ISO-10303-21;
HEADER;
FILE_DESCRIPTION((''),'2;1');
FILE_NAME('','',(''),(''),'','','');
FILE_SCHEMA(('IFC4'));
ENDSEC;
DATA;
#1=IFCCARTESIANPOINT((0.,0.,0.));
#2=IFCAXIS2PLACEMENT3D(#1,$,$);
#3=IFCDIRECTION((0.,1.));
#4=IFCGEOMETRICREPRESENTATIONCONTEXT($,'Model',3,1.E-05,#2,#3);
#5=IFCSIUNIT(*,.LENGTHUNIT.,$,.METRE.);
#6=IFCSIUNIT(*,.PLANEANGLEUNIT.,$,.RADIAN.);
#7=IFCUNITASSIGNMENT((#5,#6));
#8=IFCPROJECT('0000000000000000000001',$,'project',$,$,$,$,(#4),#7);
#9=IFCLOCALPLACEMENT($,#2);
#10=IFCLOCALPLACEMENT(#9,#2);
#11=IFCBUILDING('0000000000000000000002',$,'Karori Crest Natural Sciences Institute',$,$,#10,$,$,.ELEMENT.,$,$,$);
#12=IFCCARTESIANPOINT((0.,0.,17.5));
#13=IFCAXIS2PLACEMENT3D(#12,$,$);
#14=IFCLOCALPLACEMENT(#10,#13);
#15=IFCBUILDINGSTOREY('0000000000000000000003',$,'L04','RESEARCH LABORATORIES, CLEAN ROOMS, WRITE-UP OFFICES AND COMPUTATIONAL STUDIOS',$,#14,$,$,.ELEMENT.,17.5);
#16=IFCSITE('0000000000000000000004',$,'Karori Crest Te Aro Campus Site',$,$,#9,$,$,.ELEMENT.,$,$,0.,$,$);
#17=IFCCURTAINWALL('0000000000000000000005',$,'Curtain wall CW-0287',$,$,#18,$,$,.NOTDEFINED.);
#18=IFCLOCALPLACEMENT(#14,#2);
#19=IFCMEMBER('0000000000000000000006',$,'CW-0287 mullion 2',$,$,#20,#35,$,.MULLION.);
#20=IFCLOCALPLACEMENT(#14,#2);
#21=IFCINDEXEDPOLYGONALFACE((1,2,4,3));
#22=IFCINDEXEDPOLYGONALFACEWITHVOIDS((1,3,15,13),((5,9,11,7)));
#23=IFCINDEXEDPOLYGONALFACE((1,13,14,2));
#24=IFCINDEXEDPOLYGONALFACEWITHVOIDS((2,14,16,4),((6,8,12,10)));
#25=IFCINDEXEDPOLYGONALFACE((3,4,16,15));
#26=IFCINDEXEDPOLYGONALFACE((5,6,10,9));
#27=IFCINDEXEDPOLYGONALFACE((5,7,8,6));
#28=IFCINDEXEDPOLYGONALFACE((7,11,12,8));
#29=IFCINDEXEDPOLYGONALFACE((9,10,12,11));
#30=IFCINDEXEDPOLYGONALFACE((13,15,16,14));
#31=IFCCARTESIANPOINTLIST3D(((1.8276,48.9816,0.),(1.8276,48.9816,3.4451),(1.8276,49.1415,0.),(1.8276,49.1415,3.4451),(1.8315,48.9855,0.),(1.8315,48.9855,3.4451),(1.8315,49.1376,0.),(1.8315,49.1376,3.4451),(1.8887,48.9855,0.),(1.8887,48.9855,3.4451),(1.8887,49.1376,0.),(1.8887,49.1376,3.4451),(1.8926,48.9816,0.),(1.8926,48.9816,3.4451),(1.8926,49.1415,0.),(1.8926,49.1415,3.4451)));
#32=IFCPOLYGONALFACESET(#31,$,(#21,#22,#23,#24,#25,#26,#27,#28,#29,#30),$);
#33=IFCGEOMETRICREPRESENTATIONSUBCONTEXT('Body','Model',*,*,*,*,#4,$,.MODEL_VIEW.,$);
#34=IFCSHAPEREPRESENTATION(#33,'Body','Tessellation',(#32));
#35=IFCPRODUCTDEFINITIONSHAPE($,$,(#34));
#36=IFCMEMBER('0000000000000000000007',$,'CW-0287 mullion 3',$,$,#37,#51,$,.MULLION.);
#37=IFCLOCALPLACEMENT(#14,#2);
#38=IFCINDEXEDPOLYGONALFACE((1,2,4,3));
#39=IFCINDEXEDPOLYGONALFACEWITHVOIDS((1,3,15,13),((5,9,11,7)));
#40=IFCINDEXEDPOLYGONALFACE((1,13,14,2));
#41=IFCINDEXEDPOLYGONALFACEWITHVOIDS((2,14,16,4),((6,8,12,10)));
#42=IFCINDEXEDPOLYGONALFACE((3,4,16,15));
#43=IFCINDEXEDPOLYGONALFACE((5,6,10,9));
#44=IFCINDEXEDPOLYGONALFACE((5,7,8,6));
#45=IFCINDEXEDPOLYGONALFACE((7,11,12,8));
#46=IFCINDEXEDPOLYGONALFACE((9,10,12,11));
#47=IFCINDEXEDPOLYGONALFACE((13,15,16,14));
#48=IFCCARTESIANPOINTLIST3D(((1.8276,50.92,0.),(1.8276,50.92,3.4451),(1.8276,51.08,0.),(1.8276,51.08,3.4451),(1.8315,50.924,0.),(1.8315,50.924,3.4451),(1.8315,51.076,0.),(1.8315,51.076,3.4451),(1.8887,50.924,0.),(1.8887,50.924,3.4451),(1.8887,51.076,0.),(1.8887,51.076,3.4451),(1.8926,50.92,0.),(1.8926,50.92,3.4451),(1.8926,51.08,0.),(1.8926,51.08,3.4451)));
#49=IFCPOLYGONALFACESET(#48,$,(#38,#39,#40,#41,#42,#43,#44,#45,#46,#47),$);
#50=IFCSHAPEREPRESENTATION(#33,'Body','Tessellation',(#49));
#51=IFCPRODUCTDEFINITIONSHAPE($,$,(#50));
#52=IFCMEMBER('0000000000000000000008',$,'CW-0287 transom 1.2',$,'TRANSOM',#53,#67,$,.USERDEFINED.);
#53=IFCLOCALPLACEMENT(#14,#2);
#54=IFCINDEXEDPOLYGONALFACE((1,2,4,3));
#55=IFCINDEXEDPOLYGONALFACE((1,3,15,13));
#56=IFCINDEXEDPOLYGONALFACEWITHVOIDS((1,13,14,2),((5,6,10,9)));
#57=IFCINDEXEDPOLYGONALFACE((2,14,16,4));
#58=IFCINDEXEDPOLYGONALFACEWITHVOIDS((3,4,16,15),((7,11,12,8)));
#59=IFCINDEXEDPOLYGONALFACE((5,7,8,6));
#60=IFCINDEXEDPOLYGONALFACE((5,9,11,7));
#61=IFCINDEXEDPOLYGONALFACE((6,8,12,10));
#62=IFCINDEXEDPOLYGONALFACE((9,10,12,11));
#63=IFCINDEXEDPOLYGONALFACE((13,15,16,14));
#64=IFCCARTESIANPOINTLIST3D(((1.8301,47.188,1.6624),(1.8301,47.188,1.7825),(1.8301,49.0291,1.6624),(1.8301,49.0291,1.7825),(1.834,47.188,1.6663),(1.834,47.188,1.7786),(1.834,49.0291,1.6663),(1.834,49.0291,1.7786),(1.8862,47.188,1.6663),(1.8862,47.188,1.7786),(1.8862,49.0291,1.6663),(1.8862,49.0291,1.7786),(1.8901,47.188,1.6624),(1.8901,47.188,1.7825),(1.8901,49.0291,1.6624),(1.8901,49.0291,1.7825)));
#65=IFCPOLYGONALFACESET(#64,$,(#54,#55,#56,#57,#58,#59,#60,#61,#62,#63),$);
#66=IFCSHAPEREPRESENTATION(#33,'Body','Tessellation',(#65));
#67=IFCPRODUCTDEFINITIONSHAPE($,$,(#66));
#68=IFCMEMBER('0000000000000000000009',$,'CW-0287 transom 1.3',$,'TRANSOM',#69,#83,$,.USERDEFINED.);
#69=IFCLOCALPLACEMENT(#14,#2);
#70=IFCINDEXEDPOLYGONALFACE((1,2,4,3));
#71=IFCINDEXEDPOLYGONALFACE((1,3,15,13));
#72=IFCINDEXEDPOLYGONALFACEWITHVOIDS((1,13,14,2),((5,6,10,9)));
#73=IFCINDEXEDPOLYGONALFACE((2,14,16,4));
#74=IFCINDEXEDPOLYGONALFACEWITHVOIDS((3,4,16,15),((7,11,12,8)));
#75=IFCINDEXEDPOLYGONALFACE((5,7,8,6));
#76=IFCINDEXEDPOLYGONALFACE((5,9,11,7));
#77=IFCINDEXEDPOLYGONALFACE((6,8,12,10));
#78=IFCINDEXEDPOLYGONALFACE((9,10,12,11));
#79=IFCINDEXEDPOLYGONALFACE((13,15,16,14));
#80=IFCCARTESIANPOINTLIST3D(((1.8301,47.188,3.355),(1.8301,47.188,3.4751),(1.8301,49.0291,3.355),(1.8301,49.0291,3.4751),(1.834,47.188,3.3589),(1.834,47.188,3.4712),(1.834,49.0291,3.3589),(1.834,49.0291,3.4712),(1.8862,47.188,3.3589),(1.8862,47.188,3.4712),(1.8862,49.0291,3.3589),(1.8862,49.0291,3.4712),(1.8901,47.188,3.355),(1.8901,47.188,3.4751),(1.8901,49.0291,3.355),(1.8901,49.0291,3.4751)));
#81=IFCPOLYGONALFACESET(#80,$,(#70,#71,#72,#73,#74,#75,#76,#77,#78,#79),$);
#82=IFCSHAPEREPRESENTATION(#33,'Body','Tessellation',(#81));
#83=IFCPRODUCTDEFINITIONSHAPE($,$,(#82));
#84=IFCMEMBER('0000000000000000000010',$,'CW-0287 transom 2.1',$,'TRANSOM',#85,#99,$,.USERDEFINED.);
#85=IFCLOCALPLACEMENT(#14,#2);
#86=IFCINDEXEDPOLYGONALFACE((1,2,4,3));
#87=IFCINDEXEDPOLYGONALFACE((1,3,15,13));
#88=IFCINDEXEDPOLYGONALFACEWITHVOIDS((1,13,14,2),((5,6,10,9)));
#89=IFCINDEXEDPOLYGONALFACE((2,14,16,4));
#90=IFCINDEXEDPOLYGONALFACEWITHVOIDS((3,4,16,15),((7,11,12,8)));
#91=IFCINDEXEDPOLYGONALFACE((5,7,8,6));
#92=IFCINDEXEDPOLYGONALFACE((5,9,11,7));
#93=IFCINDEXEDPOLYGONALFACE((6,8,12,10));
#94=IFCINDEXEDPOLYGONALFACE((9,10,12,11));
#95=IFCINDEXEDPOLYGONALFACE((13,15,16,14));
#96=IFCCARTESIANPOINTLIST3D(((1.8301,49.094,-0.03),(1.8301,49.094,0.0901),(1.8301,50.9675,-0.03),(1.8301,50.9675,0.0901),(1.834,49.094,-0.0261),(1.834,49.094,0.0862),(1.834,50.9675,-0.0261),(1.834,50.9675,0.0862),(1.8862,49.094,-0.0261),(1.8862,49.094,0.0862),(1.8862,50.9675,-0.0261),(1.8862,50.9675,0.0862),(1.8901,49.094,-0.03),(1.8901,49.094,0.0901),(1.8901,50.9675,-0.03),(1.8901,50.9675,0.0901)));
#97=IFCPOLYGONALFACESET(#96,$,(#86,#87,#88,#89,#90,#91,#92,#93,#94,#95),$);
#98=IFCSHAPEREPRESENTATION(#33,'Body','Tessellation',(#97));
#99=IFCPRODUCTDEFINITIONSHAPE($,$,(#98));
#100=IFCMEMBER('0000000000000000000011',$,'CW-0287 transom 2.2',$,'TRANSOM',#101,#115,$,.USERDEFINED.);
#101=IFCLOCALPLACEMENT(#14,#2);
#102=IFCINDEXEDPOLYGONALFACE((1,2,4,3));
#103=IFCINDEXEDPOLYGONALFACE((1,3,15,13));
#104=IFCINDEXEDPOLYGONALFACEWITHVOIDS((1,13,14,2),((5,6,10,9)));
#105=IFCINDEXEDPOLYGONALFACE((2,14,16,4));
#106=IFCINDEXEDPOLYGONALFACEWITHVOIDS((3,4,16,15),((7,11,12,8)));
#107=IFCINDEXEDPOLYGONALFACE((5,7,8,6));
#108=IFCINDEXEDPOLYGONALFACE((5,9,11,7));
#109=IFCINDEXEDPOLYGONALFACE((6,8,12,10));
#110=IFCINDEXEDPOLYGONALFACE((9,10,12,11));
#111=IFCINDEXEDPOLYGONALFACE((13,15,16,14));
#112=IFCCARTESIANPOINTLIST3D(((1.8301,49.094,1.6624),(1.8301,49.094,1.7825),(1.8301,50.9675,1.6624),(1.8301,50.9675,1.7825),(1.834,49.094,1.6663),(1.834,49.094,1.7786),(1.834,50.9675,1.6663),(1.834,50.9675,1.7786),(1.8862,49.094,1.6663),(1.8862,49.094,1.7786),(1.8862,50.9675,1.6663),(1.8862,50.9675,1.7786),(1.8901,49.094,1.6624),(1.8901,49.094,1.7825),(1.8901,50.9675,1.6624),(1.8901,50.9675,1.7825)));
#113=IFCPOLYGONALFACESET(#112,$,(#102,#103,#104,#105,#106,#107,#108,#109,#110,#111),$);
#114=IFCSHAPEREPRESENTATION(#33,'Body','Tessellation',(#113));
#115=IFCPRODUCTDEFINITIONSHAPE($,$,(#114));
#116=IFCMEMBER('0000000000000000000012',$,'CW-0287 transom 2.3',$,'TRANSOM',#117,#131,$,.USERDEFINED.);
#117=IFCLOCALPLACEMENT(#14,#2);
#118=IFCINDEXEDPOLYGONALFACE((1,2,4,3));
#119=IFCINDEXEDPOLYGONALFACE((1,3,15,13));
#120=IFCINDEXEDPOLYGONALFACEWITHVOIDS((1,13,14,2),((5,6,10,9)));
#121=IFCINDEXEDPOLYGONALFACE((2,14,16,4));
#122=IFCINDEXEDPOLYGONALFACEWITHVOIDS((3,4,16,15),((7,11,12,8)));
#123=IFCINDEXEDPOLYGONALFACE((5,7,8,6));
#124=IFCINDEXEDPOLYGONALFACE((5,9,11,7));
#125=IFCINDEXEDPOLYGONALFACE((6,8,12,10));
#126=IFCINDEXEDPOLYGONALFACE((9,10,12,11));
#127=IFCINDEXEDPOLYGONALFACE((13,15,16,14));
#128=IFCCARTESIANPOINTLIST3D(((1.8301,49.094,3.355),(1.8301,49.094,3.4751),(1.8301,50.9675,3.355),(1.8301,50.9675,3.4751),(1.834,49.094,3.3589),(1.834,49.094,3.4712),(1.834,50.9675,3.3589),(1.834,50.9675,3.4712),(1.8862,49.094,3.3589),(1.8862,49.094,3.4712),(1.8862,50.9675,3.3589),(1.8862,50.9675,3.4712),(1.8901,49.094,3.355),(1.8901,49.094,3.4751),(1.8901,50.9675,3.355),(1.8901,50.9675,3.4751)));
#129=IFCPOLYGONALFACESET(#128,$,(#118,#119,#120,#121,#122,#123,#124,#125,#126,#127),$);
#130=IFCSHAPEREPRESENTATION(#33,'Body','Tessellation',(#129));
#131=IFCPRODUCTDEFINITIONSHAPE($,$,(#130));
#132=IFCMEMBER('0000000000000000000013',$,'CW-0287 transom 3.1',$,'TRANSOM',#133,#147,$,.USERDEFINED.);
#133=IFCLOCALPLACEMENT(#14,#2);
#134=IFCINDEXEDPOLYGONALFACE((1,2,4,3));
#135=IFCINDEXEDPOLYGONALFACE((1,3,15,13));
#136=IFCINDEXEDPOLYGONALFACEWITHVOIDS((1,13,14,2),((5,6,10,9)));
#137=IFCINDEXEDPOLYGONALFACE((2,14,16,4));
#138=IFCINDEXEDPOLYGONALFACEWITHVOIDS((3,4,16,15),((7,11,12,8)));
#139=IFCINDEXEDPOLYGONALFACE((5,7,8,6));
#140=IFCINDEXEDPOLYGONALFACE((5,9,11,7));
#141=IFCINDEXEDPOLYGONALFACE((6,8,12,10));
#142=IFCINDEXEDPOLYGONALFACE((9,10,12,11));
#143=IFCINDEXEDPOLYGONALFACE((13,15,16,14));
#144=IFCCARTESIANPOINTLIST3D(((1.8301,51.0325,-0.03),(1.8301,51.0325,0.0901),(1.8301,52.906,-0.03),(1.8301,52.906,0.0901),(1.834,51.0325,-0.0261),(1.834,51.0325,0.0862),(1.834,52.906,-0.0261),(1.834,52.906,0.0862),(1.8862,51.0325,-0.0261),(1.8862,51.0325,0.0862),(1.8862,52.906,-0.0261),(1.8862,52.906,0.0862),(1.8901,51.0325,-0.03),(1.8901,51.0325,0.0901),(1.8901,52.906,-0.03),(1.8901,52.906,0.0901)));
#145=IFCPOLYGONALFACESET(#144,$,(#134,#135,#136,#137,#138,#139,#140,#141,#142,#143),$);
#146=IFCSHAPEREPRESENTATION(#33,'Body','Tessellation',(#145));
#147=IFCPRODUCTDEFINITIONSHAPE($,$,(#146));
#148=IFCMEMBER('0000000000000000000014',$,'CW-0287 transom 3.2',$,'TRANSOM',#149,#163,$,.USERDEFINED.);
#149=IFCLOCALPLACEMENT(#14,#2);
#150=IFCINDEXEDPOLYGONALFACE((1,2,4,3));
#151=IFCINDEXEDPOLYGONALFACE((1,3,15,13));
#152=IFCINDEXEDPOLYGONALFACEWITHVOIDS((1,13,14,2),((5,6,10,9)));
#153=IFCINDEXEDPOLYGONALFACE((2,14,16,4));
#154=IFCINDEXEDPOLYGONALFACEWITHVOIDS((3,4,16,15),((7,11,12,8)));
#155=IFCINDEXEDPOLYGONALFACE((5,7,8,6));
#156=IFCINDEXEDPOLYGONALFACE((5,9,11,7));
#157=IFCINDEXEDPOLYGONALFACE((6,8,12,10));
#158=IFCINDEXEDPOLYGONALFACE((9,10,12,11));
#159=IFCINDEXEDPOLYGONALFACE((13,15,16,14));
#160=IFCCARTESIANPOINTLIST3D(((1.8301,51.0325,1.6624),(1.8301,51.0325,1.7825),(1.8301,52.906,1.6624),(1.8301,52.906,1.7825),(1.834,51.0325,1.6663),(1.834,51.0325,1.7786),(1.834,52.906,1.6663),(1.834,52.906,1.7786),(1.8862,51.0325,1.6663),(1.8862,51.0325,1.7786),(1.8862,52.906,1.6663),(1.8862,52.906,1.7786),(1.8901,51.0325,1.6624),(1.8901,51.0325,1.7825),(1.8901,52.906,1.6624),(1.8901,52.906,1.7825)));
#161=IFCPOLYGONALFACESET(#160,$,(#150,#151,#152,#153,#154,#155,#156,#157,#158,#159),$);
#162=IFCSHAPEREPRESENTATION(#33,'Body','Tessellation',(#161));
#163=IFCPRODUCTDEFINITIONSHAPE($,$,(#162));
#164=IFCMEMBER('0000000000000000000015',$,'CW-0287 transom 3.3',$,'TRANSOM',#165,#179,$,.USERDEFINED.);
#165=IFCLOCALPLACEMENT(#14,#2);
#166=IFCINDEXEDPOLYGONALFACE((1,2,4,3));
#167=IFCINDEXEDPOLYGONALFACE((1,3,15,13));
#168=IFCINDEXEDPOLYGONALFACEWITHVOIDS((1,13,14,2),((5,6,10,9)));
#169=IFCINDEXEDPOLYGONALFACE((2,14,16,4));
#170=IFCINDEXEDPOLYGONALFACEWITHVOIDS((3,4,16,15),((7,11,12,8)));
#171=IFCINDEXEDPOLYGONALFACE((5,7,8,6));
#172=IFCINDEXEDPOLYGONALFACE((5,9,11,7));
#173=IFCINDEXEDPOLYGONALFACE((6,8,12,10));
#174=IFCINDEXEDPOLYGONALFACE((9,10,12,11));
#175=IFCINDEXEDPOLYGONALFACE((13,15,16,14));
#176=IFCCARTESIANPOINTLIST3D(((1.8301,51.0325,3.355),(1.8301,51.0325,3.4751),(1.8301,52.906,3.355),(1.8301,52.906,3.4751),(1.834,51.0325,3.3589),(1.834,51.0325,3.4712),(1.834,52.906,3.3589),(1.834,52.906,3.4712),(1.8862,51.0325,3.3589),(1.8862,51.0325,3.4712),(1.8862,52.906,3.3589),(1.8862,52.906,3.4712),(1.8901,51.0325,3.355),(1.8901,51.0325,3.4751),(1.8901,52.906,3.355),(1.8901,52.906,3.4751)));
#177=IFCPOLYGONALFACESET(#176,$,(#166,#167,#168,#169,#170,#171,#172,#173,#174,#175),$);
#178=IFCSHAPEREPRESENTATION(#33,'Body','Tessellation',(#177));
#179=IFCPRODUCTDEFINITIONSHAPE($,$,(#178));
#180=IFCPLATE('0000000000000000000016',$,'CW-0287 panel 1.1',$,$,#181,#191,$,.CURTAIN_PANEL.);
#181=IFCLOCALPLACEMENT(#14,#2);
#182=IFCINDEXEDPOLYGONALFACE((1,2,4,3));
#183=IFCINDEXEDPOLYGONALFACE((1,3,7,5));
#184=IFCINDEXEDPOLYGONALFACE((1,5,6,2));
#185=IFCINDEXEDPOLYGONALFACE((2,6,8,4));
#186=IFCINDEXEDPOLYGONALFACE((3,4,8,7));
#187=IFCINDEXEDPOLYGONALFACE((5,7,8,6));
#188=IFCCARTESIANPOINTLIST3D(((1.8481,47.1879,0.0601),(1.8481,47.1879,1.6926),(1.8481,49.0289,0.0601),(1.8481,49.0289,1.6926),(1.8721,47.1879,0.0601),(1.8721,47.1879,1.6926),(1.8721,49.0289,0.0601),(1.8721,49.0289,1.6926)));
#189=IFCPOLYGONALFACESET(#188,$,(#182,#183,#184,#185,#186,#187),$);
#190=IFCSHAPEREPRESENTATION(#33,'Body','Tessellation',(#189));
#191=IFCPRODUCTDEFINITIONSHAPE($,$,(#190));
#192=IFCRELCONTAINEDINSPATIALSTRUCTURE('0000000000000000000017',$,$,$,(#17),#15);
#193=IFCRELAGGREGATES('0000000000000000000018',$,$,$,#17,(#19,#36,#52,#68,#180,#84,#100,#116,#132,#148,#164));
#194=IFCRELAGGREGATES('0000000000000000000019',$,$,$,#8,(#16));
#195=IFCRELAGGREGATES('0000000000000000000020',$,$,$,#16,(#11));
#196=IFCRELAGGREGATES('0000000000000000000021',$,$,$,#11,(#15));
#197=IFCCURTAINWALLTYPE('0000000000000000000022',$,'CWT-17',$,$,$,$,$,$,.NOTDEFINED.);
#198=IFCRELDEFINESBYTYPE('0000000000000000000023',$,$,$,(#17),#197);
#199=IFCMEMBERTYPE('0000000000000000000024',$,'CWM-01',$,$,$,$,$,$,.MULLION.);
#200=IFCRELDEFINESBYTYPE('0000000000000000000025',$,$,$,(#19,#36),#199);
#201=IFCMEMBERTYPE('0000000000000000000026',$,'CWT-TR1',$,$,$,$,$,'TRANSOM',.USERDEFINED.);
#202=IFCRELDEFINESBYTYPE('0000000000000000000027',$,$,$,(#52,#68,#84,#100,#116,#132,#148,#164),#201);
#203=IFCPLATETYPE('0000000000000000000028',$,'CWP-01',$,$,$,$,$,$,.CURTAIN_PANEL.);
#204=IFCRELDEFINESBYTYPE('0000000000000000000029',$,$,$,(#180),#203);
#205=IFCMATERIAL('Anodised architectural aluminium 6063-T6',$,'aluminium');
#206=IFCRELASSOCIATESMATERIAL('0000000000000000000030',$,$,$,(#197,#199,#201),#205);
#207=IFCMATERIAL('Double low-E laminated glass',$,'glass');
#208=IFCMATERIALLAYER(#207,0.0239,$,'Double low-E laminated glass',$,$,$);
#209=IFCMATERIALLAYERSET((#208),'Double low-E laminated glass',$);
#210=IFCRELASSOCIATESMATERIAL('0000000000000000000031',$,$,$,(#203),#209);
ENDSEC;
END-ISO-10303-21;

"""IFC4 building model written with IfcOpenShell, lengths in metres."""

from ifc_helpers import new_model, si_unit, direction, frame, origin, origin_2d, place, context, subcontext, project, spatial, rectangle, hollow_rectangle, extrude, material, layer, layer_set, material_profile, profile_set, type_object, element, aggregate, save


model = new_model("IFC4")

# Units and contexts
model_context = context("Model", 3, precision=1e-05, world=origin(), true_north=direction((0.0, 1.0)))
body_context = subcontext(model_context, "Body", "Model", "MODEL_VIEW")
ifc_project = project(units=[si_unit("LENGTHUNIT", "METRE"), si_unit("PLANEANGLEUNIT", "RADIAN")], contexts=[model_context])

# Site, building, storey
site_placement = place(None, origin())
site = spatial("IfcSite", under=ifc_project, at=site_placement, Name="Karori Crest Te Aro Campus Site", CompositionType="ELEMENT", RefElevation=0.0)
building_placement = place(site_placement, origin())
building = spatial("IfcBuilding", under=site, at=building_placement, Name="Karori Crest Natural Sciences Institute", CompositionType="ELEMENT")
storey_placement = place(building_placement, frame((0.0, 0.0, 17.5)))
storey = spatial("IfcBuildingStorey", under=building, at=storey_placement, Name="L04", Description="RESEARCH LABORATORIES, CLEAN ROOMS, WRITE-UP OFFICES AND COMPUTATIONAL STUDIOS", CompositionType="ELEMENT", Elevation=17.5)

# Curtain wall, members, plate
ifc_material_1 = material(Name="Anodised architectural aluminium 6063-T6", Category="aluminium")
curtain_wall_type = type_object("IfcCurtainWallType", Name="CWT-17", PredefinedType="NOTDEFINED", material=ifc_material_1)
curtain_wall_placement = place(storey_placement, origin())
curtain_wall = element("IfcCurtainWall", 1, at=curtain_wall_placement, inside=storey, type_object=curtain_wall_type, Name="Curtain wall CW-0287", PredefinedType="NOTDEFINED")
ifc_material_profile_1 = material_profile(ifc_material_1, hollow_rectangle(XDim=0.0649, YDim=0.1599, WallThickness=0.0039, at=origin_2d()), Name="CWM160x65x4")
ifc_profile_set_1 = profile_set([ifc_material_profile_1], Name="Anodised architectural aluminium 6063-T6")
member_type_1 = type_object("IfcMemberType", Name="CWM-01", PredefinedType="MULLION", material=ifc_profile_set_1)
member_1_placement = place(storey_placement, frame((1.8601, 49.0615, 0.0), z_axis=(0.0, 0.0, 1.0), x_axis=(-1.0, 0.0, 0.0)))
member_1 = element("IfcMember", 2, at=member_1_placement, type_object=member_type_1, Name="CW-0287 mullion 2", PredefinedType="MULLION", context=body_context, shape_type="SweptSolid", body=[
    extrude(hollow_rectangle(XDim=0.0649, YDim=0.1599, WallThickness=0.0039, at=origin_2d()), origin(), (0.0, 0.0, 1.0), 3.4451),
])
member_2_placement = place(storey_placement, frame((1.8601, 51.0, 0.0), z_axis=(0.0, 0.0, 1.0), x_axis=(-1.0, 0.0, 0.0)))
member_2 = element("IfcMember", 3, at=member_2_placement, type_object=member_type_1, Name="CW-0287 mullion 3", PredefinedType="MULLION", context=body_context, shape_type="SweptSolid", body=[
    extrude(hollow_rectangle(XDim=0.0649, YDim=0.1599, WallThickness=0.0039, at=origin_2d()), origin(), (0.0, 0.0, 1.0), 3.4451),
])
ifc_material_profile_2 = material_profile(ifc_material_1, hollow_rectangle(XDim=0.0601, YDim=0.1201, WallThickness=0.0039, at=origin_2d()), Name="CWT120x60x4")
ifc_profile_set_2 = profile_set([ifc_material_profile_2], Name="Anodised architectural aluminium 6063-T6")
member_type_2 = type_object("IfcMemberType", Name="CWT-TR1", ElementType="TRANSOM", PredefinedType="USERDEFINED", material=ifc_profile_set_2)
member_3_placement = place(storey_placement, frame((1.8601, 47.188, 1.7224), z_axis=(0.0, 1.0, 0.0), x_axis=(-1.0, 0.0, 0.0)))
member_3 = element("IfcMember", 4, at=member_3_placement, type_object=member_type_2, Name="CW-0287 transom 1.2", ObjectType="TRANSOM", PredefinedType="USERDEFINED", context=body_context, shape_type="SweptSolid", body=[
    extrude(hollow_rectangle(XDim=0.0601, YDim=0.1201, WallThickness=0.0039, at=origin_2d()), origin(), (0.0, 0.0, 1.0), 1.8411),
])
member_4_placement = place(storey_placement, frame((1.8601, 47.188, 3.415), z_axis=(0.0, 1.0, 0.0), x_axis=(-1.0, 0.0, 0.0)))
member_4 = element("IfcMember", 5, at=member_4_placement, type_object=member_type_2, Name="CW-0287 transom 1.3", ObjectType="TRANSOM", PredefinedType="USERDEFINED", context=body_context, shape_type="SweptSolid", body=[
    extrude(hollow_rectangle(XDim=0.0601, YDim=0.1201, WallThickness=0.0039, at=origin_2d()), origin(), (0.0, 0.0, 1.0), 1.8411),
])
member_5_placement = place(storey_placement, frame((1.8601, 49.094, 0.03), z_axis=(0.0, 1.0, 0.0), x_axis=(-1.0, 0.0, 0.0)))
member_5 = element("IfcMember", 6, at=member_5_placement, type_object=member_type_2, Name="CW-0287 transom 2.1", ObjectType="TRANSOM", PredefinedType="USERDEFINED", context=body_context, shape_type="SweptSolid", body=[
    extrude(hollow_rectangle(XDim=0.0601, YDim=0.1201, WallThickness=0.0039, at=origin_2d()), origin(), (0.0, 0.0, 1.0), 1.8735),
])
member_6_placement = place(storey_placement, frame((1.8601, 49.094, 1.7224), z_axis=(0.0, 1.0, 0.0), x_axis=(-1.0, 0.0, 0.0)))
member_6 = element("IfcMember", 7, at=member_6_placement, type_object=member_type_2, Name="CW-0287 transom 2.2", ObjectType="TRANSOM", PredefinedType="USERDEFINED", context=body_context, shape_type="SweptSolid", body=[
    extrude(hollow_rectangle(XDim=0.0601, YDim=0.1201, WallThickness=0.0039, at=origin_2d()), origin(), (0.0, 0.0, 1.0), 1.8735),
])
member_7_placement = place(storey_placement, frame((1.8601, 49.094, 3.415), z_axis=(0.0, 1.0, 0.0), x_axis=(-1.0, 0.0, 0.0)))
member_7 = element("IfcMember", 8, at=member_7_placement, type_object=member_type_2, Name="CW-0287 transom 2.3", ObjectType="TRANSOM", PredefinedType="USERDEFINED", context=body_context, shape_type="SweptSolid", body=[
    extrude(hollow_rectangle(XDim=0.0601, YDim=0.1201, WallThickness=0.0039, at=origin_2d()), origin(), (0.0, 0.0, 1.0), 1.8735),
])
member_8_placement = place(storey_placement, frame((1.8601, 51.0325, 0.03), z_axis=(0.0, 1.0, 0.0), x_axis=(-1.0, 0.0, 0.0)))
member_8 = element("IfcMember", 9, at=member_8_placement, type_object=member_type_2, Name="CW-0287 transom 3.1", ObjectType="TRANSOM", PredefinedType="USERDEFINED", context=body_context, shape_type="SweptSolid", body=[
    extrude(hollow_rectangle(XDim=0.0601, YDim=0.1201, WallThickness=0.0039, at=origin_2d()), origin(), (0.0, 0.0, 1.0), 1.8735),
])
member_9_placement = place(storey_placement, frame((1.8601, 51.0325, 1.7224), z_axis=(0.0, 1.0, 0.0), x_axis=(-1.0, 0.0, 0.0)))
member_9 = element("IfcMember", 10, at=member_9_placement, type_object=member_type_2, Name="CW-0287 transom 3.2", ObjectType="TRANSOM", PredefinedType="USERDEFINED", context=body_context, shape_type="SweptSolid", body=[
    extrude(hollow_rectangle(XDim=0.0601, YDim=0.1201, WallThickness=0.0039, at=origin_2d()), origin(), (0.0, 0.0, 1.0), 1.8735),
])
member_10_placement = place(storey_placement, frame((1.8601, 51.0325, 3.415), z_axis=(0.0, 1.0, 0.0), x_axis=(-1.0, 0.0, 0.0)))
member_10 = element("IfcMember", 11, at=member_10_placement, type_object=member_type_2, Name="CW-0287 transom 3.3", ObjectType="TRANSOM", PredefinedType="USERDEFINED", context=body_context, shape_type="SweptSolid", body=[
    extrude(hollow_rectangle(XDim=0.0601, YDim=0.1201, WallThickness=0.0039, at=origin_2d()), origin(), (0.0, 0.0, 1.0), 1.8735),
])
ifc_material_2 = material(Name="Double low-E laminated glass", Category="glass")
ifc_layer_1 = layer(ifc_material_2, 0.0239, Name="Double low-E laminated glass")
ifc_layer_set_1 = layer_set([ifc_layer_1], Name="Double low-E laminated glass")
plate_type = type_object("IfcPlateType", Name="CWP-01", PredefinedType="CURTAIN_PANEL", material=ifc_layer_set_1)
plate_1_placement = place(storey_placement, frame((1.8601, 48.1084, 0.0601), z_axis=(0.0, 0.0, 1.0), x_axis=(0.0, 1.0, 0.0)))
plate_1 = element("IfcPlate", 12, at=plate_1_placement, type_object=plate_type, Name="CW-0287 panel 1.1", PredefinedType="CURTAIN_PANEL", context=body_context, shape_type="SweptSolid", body=[
    extrude(rectangle(XDim=1.8411, YDim=0.0239, at=origin_2d()), origin(), (0.0, 0.0, 1.0), 1.6326),
])
aggregate(curtain_wall, [member_1, member_2, member_3, member_4, plate_1, member_5, member_6, member_7, member_8, member_9, member_10])

save(model, "model.ifc")
